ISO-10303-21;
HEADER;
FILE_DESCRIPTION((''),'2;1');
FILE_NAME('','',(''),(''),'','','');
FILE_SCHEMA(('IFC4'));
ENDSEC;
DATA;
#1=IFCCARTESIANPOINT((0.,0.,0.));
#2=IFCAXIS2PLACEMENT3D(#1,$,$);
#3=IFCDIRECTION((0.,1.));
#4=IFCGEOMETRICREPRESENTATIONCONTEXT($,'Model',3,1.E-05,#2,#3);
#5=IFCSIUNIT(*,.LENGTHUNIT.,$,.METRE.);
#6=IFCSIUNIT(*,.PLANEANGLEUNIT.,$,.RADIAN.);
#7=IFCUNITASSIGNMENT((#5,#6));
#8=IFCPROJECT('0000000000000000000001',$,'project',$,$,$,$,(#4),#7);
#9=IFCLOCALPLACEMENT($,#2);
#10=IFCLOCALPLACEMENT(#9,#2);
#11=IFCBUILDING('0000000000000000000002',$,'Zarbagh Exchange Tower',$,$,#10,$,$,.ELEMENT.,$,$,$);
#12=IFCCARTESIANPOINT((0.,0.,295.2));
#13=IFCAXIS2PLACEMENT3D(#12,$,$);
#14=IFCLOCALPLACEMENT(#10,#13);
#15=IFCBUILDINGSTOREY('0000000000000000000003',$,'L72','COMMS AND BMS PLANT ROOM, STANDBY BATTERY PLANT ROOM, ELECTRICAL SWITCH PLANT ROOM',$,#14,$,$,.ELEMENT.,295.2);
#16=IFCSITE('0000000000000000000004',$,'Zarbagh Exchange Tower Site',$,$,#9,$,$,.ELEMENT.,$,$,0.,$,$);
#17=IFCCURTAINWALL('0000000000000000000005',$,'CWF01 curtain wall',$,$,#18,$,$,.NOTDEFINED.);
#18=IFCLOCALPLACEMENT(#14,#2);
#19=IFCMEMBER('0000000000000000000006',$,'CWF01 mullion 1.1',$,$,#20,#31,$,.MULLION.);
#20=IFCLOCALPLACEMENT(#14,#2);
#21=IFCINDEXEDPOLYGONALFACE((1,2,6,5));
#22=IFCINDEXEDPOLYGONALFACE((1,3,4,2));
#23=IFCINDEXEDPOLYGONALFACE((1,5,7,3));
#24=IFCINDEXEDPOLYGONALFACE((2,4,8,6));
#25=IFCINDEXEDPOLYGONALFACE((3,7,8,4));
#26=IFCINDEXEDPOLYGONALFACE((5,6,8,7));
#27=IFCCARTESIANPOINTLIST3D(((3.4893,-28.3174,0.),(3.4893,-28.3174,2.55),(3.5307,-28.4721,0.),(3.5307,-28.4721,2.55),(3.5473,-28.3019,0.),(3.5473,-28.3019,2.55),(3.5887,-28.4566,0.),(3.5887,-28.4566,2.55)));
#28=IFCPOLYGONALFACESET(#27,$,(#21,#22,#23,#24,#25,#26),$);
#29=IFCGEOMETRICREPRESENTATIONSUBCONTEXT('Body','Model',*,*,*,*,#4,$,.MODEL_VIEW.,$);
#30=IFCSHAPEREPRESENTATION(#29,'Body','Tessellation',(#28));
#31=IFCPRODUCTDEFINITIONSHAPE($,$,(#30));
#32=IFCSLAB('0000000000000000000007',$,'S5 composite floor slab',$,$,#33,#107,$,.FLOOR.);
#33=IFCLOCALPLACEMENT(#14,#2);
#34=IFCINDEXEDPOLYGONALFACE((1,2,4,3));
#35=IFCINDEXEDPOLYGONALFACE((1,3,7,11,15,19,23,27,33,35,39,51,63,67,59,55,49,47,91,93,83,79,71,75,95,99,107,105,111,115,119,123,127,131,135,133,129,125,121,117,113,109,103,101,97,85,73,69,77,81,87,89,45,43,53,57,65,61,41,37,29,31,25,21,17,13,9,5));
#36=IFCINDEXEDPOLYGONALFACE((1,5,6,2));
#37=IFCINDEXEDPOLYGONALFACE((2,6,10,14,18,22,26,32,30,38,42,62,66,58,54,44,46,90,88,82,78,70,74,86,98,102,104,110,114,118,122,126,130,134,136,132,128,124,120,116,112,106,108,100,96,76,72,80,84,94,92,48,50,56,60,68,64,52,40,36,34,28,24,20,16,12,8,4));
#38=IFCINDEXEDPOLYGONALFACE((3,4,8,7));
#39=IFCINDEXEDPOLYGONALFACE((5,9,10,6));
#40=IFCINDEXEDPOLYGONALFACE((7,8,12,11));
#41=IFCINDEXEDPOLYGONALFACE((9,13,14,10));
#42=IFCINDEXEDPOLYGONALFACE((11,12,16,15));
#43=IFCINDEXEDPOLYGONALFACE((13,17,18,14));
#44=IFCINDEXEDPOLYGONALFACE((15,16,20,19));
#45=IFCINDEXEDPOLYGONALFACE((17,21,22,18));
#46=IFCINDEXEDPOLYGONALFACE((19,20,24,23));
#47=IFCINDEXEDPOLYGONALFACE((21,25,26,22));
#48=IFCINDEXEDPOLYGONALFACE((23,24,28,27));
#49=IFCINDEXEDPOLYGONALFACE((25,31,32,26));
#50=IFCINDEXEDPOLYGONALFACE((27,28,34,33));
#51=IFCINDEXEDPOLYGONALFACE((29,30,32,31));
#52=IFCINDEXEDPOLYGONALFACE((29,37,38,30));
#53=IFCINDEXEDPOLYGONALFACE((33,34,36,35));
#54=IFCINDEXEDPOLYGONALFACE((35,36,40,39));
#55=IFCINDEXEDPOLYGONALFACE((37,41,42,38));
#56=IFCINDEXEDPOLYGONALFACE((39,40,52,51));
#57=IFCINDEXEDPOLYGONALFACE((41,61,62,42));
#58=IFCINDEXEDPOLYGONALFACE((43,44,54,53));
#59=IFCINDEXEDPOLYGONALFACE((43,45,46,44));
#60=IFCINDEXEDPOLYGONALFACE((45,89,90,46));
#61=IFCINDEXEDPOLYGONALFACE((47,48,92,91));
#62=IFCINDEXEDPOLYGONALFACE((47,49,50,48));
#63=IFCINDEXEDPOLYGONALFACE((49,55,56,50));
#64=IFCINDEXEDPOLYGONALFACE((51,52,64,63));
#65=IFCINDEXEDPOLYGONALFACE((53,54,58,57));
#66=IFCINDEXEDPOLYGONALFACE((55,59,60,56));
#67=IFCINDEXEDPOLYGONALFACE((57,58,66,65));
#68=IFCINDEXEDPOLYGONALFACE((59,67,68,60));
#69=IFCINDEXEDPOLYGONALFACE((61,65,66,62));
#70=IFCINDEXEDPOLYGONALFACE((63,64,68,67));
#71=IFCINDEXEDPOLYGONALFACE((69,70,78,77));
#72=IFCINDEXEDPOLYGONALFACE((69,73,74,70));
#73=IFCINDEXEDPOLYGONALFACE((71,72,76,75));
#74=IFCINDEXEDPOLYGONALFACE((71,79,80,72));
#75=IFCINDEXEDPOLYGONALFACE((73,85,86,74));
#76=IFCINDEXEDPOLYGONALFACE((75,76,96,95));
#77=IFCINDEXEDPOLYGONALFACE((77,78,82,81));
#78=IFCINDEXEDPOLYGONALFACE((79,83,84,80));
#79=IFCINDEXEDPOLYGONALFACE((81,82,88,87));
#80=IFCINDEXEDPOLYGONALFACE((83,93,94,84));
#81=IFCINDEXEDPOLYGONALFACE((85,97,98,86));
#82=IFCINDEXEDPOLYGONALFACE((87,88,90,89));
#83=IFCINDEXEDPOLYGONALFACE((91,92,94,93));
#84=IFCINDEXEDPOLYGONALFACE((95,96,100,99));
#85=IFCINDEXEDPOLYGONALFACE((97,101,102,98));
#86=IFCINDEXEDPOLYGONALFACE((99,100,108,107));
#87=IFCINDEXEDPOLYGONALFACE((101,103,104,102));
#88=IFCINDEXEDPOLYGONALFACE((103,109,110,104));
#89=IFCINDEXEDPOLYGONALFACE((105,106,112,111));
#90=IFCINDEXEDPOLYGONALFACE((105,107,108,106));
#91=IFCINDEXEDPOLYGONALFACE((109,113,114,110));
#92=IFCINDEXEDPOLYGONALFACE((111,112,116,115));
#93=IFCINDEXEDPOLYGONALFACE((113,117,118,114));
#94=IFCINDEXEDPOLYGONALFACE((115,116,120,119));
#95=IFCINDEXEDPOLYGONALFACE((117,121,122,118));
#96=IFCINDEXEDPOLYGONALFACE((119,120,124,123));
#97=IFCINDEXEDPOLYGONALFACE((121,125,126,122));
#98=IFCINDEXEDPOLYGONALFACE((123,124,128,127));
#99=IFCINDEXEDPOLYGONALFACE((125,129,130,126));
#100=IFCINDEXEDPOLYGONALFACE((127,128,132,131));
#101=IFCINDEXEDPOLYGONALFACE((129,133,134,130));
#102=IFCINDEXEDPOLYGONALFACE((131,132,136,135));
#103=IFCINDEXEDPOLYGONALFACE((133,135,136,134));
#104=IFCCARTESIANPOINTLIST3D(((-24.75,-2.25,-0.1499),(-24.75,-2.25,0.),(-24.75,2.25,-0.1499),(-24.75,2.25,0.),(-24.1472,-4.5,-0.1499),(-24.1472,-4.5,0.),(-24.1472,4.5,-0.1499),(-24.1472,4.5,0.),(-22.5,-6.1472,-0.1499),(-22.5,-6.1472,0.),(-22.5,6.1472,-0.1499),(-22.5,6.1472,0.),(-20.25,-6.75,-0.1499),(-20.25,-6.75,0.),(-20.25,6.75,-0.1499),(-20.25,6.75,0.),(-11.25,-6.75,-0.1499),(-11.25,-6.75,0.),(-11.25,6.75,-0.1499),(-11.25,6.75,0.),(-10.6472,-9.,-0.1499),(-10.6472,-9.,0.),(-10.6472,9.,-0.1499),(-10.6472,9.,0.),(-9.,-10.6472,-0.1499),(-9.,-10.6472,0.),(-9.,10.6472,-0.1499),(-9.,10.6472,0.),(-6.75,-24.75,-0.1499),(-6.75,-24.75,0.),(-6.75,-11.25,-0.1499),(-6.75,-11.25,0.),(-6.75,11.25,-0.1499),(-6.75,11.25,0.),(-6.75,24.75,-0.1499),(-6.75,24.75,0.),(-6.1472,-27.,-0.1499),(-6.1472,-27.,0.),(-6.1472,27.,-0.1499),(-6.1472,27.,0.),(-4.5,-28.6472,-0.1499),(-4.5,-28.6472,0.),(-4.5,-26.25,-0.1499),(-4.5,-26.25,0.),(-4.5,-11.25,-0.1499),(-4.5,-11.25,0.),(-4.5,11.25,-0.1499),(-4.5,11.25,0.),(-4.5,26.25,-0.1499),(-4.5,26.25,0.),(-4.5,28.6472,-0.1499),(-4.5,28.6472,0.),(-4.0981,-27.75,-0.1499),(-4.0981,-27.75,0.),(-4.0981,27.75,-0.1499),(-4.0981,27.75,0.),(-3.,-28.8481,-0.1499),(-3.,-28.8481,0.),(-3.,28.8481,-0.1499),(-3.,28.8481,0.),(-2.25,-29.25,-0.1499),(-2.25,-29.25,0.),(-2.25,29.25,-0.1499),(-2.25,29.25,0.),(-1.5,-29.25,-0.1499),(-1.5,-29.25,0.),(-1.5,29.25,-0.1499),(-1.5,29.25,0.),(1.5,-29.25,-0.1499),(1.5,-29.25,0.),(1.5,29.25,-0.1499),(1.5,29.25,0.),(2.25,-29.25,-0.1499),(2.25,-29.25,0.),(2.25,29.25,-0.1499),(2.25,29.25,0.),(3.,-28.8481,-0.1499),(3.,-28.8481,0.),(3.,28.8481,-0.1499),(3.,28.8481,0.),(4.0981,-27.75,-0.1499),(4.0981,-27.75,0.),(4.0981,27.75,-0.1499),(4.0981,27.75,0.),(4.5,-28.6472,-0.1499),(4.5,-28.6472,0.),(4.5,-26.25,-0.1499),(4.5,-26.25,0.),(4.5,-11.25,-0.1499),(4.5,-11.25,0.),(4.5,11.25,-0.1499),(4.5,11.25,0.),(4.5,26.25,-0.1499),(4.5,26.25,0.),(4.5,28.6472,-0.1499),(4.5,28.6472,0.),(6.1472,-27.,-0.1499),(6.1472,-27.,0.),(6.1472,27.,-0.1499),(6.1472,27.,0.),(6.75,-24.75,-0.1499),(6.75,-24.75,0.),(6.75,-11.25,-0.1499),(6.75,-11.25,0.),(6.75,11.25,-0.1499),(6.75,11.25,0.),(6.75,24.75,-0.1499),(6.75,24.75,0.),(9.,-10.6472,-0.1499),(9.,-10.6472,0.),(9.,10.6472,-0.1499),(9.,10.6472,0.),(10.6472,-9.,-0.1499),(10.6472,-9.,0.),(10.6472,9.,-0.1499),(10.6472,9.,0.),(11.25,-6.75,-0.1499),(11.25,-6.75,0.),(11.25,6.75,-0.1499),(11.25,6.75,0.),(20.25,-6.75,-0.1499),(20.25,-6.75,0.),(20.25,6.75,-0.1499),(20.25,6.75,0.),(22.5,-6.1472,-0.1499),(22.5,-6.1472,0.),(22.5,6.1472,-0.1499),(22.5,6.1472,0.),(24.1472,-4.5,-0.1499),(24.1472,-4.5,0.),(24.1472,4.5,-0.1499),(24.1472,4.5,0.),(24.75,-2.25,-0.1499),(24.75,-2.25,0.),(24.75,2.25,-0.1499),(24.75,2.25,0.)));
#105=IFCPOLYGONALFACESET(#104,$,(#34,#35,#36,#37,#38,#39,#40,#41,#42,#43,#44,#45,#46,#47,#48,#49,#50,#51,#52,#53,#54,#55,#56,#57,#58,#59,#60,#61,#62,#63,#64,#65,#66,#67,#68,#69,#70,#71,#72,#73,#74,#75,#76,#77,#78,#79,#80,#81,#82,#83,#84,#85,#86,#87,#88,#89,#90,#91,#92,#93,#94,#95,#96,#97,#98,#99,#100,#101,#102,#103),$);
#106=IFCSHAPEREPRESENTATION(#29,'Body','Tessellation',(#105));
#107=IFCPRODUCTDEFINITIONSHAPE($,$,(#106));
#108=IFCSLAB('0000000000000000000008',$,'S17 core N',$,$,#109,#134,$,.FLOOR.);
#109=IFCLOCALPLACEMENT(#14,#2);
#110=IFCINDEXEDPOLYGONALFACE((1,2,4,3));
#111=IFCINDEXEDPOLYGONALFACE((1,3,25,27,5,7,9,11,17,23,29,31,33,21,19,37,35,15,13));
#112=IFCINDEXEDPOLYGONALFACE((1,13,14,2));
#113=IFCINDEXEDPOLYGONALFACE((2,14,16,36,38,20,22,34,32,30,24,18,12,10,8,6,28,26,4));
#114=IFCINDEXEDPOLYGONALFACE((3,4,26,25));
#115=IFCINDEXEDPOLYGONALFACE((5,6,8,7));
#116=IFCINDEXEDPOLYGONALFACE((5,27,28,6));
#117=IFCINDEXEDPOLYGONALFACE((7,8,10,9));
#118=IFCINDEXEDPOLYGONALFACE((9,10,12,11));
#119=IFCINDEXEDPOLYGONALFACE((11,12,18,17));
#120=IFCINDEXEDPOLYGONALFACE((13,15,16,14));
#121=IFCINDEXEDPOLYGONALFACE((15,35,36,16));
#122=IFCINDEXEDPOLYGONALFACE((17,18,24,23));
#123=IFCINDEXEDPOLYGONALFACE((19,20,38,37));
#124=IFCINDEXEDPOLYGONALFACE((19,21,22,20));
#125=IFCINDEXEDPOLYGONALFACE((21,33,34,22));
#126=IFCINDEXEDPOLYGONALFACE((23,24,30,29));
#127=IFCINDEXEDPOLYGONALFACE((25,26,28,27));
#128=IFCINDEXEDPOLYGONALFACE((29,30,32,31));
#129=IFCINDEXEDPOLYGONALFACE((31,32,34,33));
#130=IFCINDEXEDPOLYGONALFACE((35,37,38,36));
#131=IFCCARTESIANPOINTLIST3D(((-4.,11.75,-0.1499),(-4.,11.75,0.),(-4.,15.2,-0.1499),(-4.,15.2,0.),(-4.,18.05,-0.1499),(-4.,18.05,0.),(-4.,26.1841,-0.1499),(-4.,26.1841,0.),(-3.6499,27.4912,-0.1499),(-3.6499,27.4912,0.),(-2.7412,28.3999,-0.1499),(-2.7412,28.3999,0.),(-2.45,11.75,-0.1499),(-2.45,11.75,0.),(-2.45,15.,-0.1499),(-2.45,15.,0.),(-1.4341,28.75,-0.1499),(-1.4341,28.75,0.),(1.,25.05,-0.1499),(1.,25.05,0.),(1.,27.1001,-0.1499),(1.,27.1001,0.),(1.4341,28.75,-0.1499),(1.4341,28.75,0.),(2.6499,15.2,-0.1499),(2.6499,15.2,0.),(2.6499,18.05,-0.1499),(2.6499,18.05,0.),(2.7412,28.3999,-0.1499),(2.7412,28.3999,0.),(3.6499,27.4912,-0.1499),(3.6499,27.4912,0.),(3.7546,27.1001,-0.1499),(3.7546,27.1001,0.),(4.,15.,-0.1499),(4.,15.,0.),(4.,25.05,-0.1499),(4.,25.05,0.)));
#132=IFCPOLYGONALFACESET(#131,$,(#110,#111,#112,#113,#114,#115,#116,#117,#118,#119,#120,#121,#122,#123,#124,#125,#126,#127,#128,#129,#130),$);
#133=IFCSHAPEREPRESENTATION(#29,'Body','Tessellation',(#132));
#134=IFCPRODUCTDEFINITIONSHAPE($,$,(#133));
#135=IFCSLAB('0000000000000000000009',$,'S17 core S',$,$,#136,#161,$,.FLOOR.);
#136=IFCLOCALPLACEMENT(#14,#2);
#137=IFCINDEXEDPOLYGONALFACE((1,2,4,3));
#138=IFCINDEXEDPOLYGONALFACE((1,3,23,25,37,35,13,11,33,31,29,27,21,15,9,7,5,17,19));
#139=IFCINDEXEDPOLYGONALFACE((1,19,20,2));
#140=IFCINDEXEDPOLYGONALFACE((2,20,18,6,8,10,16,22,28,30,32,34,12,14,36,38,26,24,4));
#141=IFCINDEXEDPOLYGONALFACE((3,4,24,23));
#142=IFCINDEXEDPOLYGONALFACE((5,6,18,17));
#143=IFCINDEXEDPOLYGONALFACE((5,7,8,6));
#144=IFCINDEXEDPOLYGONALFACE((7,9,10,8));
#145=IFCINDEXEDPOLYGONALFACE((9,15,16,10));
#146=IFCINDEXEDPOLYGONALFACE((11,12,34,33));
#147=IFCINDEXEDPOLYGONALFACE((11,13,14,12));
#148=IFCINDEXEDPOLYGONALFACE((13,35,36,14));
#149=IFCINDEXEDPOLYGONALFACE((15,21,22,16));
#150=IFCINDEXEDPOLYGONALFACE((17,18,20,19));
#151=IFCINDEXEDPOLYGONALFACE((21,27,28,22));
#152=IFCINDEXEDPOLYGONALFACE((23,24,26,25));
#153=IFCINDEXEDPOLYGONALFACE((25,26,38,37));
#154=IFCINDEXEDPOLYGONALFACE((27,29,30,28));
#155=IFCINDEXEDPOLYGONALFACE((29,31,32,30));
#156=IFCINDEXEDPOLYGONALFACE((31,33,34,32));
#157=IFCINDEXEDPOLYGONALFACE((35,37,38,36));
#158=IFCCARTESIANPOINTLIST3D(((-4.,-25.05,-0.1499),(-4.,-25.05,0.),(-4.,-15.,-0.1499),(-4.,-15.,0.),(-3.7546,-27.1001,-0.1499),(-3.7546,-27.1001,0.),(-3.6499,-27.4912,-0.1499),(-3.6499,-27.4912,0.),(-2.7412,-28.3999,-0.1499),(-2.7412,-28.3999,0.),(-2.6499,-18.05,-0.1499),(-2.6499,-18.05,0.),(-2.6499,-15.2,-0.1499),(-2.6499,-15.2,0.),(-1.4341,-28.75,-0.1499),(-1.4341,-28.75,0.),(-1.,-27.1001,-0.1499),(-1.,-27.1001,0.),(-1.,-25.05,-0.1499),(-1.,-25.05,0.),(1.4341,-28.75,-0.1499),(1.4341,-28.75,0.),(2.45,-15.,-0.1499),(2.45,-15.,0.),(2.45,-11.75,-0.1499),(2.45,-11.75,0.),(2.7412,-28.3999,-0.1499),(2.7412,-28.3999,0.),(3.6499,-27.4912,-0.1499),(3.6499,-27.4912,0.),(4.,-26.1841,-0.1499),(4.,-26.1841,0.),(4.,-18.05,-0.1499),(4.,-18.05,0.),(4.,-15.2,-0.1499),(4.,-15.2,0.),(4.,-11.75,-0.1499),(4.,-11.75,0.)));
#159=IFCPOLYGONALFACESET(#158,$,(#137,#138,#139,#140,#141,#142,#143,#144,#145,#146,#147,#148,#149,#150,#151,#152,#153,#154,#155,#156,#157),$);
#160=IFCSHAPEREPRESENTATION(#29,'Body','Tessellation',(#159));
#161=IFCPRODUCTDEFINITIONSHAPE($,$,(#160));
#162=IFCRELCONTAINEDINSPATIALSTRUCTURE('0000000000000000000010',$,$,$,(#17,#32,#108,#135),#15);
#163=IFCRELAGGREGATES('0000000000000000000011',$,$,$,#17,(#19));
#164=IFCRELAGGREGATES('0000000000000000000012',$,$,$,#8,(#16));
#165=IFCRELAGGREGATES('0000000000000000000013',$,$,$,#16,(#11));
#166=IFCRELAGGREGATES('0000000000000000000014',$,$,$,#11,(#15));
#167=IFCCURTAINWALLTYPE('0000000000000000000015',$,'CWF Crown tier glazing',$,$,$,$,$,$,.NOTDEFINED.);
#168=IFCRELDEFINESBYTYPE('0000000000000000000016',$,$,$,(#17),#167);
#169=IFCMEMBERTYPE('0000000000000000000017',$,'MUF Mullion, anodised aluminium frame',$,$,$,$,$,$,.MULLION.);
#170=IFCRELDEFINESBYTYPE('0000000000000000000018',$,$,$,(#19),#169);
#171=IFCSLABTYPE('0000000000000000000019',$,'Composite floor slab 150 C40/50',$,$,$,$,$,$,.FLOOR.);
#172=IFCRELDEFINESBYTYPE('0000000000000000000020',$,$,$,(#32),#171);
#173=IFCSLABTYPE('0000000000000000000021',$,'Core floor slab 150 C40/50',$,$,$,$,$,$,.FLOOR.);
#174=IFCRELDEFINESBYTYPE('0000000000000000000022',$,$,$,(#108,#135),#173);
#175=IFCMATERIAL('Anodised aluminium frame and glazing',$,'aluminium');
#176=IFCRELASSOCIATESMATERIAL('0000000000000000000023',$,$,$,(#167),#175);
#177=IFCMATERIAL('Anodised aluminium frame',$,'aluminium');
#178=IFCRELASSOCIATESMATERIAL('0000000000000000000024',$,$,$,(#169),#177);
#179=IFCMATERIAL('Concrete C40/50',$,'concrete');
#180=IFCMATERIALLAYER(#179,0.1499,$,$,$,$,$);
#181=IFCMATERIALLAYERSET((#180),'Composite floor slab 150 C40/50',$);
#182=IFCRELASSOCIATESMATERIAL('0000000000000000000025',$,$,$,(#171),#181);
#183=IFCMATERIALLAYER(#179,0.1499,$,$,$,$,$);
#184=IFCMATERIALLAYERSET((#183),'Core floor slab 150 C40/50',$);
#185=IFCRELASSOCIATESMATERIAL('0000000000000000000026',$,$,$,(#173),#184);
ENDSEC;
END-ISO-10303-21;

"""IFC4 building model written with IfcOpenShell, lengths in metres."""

from ifc_helpers import new_model, si_unit, direction, frame, origin, place, context, subcontext, project, spatial, polyline, outline, extrude, source, transform, mapped, material, layer, layer_set, type_object, element, aggregate, save


model = new_model("IFC4")

# Units and contexts
model_context = context("Model", 3, precision=1e-05, world=origin(), true_north=direction((0.0, 1.0)))
body_context = subcontext(model_context, "Body", "Model", "MODEL_VIEW")
ifc_project = project(units=[si_unit("LENGTHUNIT", "METRE"), si_unit("PLANEANGLEUNIT", "RADIAN")], contexts=[model_context])

# Site, building, storey
site_placement = place(None, origin())
site = spatial("IfcSite", under=ifc_project, at=site_placement, Name="Zarbagh Exchange Tower Site", CompositionType="ELEMENT", RefElevation=0.0)
building_placement = place(site_placement, origin())
building = spatial("IfcBuilding", under=site, at=building_placement, Name="Zarbagh Exchange Tower", CompositionType="ELEMENT")
storey_placement = place(building_placement, frame((0.0, 0.0, 295.2)))
storey = spatial("IfcBuildingStorey", under=building, at=storey_placement, Name="L72", Description="COMMS AND BMS PLANT ROOM, STANDBY BATTERY PLANT ROOM, ELECTRICAL SWITCH PLANT ROOM", CompositionType="ELEMENT", Elevation=295.2)

# Curtain wall, member
ifc_material_1 = material(Name="Anodised aluminium frame and glazing", Category="aluminium")
curtain_wall_type = type_object("IfcCurtainWallType", Name="CWF Crown tier glazing", PredefinedType="NOTDEFINED", material=ifc_material_1)
curtain_wall_placement = place(storey_placement, origin())
curtain_wall = element("IfcCurtainWall", 1, at=curtain_wall_placement, inside=storey, type_object=curtain_wall_type, Name="CWF01 curtain wall", PredefinedType="NOTDEFINED")
ifc_material_2 = material(Name="Anodised aluminium frame", Category="aluminium")
member_type = type_object("IfcMemberType", Name="MUF Mullion, anodised aluminium frame", PredefinedType="MULLION", material=ifc_material_2)
shared_shape = source(origin(), body_context, "Body", "SweptSolid", [
    extrude(outline(polyline([(0.0, -0.0801), (0.0601, -0.0801), (0.0601, 0.0801), (0.0, 0.0801), (0.0, -0.0801)])), origin(), (0.0, 0.0, 1.0), 2.55),
])
member_placement = place(storey_placement, origin())
member = element("IfcMember", 2, at=member_placement, type_object=member_type, Name="CWF01 mullion 1.1", PredefinedType="MULLION", context=body_context, shape_type="MappedRepresentation", body=[
    mapped(shared_shape, transform((3.51, -28.3948, 0.0), x_axis=(0.965924, 0.258825, 0.0), y_axis=(-0.258825, 0.965924, 0.0), z_axis=(0.0, 0.0, 1.0))),
])
aggregate(curtain_wall, [member])

# Slabs
ifc_material_3 = material(Name="Concrete C40/50", Category="concrete")
ifc_layer_1 = layer(ifc_material_3, 0.1499)
ifc_layer_set_1 = layer_set([ifc_layer_1], Name="Composite floor slab 150 C40/50")
slab_type_1 = type_object("IfcSlabType", Name="Composite floor slab 150 C40/50", PredefinedType="FLOOR", material=ifc_layer_set_1)
slab_1_placement = place(storey_placement, frame((0.0, 0.0, -0.1499)))
element("IfcSlab", 3, at=slab_1_placement, inside=storey, type_object=slab_type_1, Name="S5 composite floor slab", PredefinedType="FLOOR", context=body_context, shape_type="SweptSolid", body=[
    extrude(outline(polyline([(1.5, -29.25), (3.0, -28.8481), (4.0981, -27.75), (4.5, -26.25), (4.5, -11.25), (-4.5, -11.25), (-4.5, -26.25), (-4.0981, -27.75), (-3.0, -28.8481), (-1.5, -29.25), (-2.25, -29.25), (-4.5, -28.6472), (-6.1472, -27.0), (-6.75, -24.75), (-6.75, -11.25), (-9.0, -10.6472), (-10.6472, -9.0), (-11.25, -6.75), (-20.25, -6.75), (-22.5, -6.1472), (-24.1472, -4.5), (-24.75, -2.25), (-24.75, 2.25), (-24.1472, 4.5), (-22.5, 6.1472), (-20.25, 6.75), (-11.25, 6.75), (-10.6472, 9.0), (-9.0, 10.6472), (-6.75, 11.25), (-6.75, 24.75), (-6.1472, 27.0), (-4.5, 28.6472), (-2.25, 29.25), (-1.5, 29.25), (-3.0, 28.8481), (-4.0981, 27.75), (-4.5, 26.25), (-4.5, 11.25), (4.5, 11.25), (4.5, 26.25), (4.0981, 27.75), (3.0, 28.8481), (1.5, 29.25), (2.25, 29.25), (4.5, 28.6472), (6.1472, 27.0), (6.75, 24.75), (6.75, 11.25), (9.0, 10.6472), (10.6472, 9.0), (11.25, 6.75), (20.25, 6.75), (22.5, 6.1472), (24.1472, 4.5), (24.75, 2.25), (24.75, -2.25), (24.1472, -4.5), (22.5, -6.1472), (20.25, -6.75), (11.25, -6.75), (10.6472, -9.0), (9.0, -10.6472), (6.75, -11.25), (6.75, -24.75), (6.1472, -27.0), (4.5, -28.6472), (2.25, -29.25), (1.5, -29.25)])), origin(), (0.0, 0.0, 1.0), 0.1499),
])
ifc_layer_2 = layer(ifc_material_3, 0.1499)
ifc_layer_set_2 = layer_set([ifc_layer_2], Name="Core floor slab 150 C40/50")
slab_type_2 = type_object("IfcSlabType", Name="Core floor slab 150 C40/50", PredefinedType="FLOOR", material=ifc_layer_set_2)
slab_2_placement = place(storey_placement, frame((0.0, 0.0, -0.1499)))
element("IfcSlab", 4, at=slab_2_placement, inside=storey, type_object=slab_type_2, Name="S17 core N", PredefinedType="FLOOR", context=body_context, shape_type="SweptSolid", body=[
    extrude(outline(polyline([(-4.0, 11.75), (-4.0, 15.2), (2.6499, 15.2), (2.6499, 18.05), (-4.0, 18.05), (-4.0, 26.1841), (-3.6499, 27.4912), (-2.7412, 28.3999), (-1.4341, 28.75), (1.4341, 28.75), (2.7412, 28.3999), (3.6499, 27.4912), (3.8577, 26.7151), (3.7546, 27.1001), (1.0, 27.1001), (1.0, 25.05), (4.0, 25.05), (4.0, 15.0), (-2.45, 15.0), (-2.45, 11.75), (-4.0, 11.75)])), origin(), (0.0, 0.0, 1.0), 0.1499),
])
slab_3_placement = place(storey_placement, frame((0.0, 0.0, -0.1499)))
element("IfcSlab", 5, at=slab_3_placement, inside=storey, type_object=slab_type_2, Name="S17 core S", PredefinedType="FLOOR", context=body_context, shape_type="SweptSolid", body=[
    extrude(outline(polyline([(-2.7412, -28.3999), (-3.6499, -27.4912), (-3.8577, -26.7151), (-3.7546, -27.1001), (-1.0, -27.1001), (-1.0, -25.05), (-4.0, -25.05), (-4.0, -15.0), (2.45, -15.0), (2.45, -11.75), (4.0, -11.75), (4.0, -15.2), (-2.6499, -15.2), (-2.6499, -18.05), (4.0, -18.05), (4.0, -26.1841), (3.6499, -27.4912), (2.7412, -28.3999), (1.4341, -28.75), (-1.4341, -28.75), (-2.7412, -28.3999)])), origin(), (0.0, 0.0, 1.0), 0.1499),
])

save(model, "model.ifc")
